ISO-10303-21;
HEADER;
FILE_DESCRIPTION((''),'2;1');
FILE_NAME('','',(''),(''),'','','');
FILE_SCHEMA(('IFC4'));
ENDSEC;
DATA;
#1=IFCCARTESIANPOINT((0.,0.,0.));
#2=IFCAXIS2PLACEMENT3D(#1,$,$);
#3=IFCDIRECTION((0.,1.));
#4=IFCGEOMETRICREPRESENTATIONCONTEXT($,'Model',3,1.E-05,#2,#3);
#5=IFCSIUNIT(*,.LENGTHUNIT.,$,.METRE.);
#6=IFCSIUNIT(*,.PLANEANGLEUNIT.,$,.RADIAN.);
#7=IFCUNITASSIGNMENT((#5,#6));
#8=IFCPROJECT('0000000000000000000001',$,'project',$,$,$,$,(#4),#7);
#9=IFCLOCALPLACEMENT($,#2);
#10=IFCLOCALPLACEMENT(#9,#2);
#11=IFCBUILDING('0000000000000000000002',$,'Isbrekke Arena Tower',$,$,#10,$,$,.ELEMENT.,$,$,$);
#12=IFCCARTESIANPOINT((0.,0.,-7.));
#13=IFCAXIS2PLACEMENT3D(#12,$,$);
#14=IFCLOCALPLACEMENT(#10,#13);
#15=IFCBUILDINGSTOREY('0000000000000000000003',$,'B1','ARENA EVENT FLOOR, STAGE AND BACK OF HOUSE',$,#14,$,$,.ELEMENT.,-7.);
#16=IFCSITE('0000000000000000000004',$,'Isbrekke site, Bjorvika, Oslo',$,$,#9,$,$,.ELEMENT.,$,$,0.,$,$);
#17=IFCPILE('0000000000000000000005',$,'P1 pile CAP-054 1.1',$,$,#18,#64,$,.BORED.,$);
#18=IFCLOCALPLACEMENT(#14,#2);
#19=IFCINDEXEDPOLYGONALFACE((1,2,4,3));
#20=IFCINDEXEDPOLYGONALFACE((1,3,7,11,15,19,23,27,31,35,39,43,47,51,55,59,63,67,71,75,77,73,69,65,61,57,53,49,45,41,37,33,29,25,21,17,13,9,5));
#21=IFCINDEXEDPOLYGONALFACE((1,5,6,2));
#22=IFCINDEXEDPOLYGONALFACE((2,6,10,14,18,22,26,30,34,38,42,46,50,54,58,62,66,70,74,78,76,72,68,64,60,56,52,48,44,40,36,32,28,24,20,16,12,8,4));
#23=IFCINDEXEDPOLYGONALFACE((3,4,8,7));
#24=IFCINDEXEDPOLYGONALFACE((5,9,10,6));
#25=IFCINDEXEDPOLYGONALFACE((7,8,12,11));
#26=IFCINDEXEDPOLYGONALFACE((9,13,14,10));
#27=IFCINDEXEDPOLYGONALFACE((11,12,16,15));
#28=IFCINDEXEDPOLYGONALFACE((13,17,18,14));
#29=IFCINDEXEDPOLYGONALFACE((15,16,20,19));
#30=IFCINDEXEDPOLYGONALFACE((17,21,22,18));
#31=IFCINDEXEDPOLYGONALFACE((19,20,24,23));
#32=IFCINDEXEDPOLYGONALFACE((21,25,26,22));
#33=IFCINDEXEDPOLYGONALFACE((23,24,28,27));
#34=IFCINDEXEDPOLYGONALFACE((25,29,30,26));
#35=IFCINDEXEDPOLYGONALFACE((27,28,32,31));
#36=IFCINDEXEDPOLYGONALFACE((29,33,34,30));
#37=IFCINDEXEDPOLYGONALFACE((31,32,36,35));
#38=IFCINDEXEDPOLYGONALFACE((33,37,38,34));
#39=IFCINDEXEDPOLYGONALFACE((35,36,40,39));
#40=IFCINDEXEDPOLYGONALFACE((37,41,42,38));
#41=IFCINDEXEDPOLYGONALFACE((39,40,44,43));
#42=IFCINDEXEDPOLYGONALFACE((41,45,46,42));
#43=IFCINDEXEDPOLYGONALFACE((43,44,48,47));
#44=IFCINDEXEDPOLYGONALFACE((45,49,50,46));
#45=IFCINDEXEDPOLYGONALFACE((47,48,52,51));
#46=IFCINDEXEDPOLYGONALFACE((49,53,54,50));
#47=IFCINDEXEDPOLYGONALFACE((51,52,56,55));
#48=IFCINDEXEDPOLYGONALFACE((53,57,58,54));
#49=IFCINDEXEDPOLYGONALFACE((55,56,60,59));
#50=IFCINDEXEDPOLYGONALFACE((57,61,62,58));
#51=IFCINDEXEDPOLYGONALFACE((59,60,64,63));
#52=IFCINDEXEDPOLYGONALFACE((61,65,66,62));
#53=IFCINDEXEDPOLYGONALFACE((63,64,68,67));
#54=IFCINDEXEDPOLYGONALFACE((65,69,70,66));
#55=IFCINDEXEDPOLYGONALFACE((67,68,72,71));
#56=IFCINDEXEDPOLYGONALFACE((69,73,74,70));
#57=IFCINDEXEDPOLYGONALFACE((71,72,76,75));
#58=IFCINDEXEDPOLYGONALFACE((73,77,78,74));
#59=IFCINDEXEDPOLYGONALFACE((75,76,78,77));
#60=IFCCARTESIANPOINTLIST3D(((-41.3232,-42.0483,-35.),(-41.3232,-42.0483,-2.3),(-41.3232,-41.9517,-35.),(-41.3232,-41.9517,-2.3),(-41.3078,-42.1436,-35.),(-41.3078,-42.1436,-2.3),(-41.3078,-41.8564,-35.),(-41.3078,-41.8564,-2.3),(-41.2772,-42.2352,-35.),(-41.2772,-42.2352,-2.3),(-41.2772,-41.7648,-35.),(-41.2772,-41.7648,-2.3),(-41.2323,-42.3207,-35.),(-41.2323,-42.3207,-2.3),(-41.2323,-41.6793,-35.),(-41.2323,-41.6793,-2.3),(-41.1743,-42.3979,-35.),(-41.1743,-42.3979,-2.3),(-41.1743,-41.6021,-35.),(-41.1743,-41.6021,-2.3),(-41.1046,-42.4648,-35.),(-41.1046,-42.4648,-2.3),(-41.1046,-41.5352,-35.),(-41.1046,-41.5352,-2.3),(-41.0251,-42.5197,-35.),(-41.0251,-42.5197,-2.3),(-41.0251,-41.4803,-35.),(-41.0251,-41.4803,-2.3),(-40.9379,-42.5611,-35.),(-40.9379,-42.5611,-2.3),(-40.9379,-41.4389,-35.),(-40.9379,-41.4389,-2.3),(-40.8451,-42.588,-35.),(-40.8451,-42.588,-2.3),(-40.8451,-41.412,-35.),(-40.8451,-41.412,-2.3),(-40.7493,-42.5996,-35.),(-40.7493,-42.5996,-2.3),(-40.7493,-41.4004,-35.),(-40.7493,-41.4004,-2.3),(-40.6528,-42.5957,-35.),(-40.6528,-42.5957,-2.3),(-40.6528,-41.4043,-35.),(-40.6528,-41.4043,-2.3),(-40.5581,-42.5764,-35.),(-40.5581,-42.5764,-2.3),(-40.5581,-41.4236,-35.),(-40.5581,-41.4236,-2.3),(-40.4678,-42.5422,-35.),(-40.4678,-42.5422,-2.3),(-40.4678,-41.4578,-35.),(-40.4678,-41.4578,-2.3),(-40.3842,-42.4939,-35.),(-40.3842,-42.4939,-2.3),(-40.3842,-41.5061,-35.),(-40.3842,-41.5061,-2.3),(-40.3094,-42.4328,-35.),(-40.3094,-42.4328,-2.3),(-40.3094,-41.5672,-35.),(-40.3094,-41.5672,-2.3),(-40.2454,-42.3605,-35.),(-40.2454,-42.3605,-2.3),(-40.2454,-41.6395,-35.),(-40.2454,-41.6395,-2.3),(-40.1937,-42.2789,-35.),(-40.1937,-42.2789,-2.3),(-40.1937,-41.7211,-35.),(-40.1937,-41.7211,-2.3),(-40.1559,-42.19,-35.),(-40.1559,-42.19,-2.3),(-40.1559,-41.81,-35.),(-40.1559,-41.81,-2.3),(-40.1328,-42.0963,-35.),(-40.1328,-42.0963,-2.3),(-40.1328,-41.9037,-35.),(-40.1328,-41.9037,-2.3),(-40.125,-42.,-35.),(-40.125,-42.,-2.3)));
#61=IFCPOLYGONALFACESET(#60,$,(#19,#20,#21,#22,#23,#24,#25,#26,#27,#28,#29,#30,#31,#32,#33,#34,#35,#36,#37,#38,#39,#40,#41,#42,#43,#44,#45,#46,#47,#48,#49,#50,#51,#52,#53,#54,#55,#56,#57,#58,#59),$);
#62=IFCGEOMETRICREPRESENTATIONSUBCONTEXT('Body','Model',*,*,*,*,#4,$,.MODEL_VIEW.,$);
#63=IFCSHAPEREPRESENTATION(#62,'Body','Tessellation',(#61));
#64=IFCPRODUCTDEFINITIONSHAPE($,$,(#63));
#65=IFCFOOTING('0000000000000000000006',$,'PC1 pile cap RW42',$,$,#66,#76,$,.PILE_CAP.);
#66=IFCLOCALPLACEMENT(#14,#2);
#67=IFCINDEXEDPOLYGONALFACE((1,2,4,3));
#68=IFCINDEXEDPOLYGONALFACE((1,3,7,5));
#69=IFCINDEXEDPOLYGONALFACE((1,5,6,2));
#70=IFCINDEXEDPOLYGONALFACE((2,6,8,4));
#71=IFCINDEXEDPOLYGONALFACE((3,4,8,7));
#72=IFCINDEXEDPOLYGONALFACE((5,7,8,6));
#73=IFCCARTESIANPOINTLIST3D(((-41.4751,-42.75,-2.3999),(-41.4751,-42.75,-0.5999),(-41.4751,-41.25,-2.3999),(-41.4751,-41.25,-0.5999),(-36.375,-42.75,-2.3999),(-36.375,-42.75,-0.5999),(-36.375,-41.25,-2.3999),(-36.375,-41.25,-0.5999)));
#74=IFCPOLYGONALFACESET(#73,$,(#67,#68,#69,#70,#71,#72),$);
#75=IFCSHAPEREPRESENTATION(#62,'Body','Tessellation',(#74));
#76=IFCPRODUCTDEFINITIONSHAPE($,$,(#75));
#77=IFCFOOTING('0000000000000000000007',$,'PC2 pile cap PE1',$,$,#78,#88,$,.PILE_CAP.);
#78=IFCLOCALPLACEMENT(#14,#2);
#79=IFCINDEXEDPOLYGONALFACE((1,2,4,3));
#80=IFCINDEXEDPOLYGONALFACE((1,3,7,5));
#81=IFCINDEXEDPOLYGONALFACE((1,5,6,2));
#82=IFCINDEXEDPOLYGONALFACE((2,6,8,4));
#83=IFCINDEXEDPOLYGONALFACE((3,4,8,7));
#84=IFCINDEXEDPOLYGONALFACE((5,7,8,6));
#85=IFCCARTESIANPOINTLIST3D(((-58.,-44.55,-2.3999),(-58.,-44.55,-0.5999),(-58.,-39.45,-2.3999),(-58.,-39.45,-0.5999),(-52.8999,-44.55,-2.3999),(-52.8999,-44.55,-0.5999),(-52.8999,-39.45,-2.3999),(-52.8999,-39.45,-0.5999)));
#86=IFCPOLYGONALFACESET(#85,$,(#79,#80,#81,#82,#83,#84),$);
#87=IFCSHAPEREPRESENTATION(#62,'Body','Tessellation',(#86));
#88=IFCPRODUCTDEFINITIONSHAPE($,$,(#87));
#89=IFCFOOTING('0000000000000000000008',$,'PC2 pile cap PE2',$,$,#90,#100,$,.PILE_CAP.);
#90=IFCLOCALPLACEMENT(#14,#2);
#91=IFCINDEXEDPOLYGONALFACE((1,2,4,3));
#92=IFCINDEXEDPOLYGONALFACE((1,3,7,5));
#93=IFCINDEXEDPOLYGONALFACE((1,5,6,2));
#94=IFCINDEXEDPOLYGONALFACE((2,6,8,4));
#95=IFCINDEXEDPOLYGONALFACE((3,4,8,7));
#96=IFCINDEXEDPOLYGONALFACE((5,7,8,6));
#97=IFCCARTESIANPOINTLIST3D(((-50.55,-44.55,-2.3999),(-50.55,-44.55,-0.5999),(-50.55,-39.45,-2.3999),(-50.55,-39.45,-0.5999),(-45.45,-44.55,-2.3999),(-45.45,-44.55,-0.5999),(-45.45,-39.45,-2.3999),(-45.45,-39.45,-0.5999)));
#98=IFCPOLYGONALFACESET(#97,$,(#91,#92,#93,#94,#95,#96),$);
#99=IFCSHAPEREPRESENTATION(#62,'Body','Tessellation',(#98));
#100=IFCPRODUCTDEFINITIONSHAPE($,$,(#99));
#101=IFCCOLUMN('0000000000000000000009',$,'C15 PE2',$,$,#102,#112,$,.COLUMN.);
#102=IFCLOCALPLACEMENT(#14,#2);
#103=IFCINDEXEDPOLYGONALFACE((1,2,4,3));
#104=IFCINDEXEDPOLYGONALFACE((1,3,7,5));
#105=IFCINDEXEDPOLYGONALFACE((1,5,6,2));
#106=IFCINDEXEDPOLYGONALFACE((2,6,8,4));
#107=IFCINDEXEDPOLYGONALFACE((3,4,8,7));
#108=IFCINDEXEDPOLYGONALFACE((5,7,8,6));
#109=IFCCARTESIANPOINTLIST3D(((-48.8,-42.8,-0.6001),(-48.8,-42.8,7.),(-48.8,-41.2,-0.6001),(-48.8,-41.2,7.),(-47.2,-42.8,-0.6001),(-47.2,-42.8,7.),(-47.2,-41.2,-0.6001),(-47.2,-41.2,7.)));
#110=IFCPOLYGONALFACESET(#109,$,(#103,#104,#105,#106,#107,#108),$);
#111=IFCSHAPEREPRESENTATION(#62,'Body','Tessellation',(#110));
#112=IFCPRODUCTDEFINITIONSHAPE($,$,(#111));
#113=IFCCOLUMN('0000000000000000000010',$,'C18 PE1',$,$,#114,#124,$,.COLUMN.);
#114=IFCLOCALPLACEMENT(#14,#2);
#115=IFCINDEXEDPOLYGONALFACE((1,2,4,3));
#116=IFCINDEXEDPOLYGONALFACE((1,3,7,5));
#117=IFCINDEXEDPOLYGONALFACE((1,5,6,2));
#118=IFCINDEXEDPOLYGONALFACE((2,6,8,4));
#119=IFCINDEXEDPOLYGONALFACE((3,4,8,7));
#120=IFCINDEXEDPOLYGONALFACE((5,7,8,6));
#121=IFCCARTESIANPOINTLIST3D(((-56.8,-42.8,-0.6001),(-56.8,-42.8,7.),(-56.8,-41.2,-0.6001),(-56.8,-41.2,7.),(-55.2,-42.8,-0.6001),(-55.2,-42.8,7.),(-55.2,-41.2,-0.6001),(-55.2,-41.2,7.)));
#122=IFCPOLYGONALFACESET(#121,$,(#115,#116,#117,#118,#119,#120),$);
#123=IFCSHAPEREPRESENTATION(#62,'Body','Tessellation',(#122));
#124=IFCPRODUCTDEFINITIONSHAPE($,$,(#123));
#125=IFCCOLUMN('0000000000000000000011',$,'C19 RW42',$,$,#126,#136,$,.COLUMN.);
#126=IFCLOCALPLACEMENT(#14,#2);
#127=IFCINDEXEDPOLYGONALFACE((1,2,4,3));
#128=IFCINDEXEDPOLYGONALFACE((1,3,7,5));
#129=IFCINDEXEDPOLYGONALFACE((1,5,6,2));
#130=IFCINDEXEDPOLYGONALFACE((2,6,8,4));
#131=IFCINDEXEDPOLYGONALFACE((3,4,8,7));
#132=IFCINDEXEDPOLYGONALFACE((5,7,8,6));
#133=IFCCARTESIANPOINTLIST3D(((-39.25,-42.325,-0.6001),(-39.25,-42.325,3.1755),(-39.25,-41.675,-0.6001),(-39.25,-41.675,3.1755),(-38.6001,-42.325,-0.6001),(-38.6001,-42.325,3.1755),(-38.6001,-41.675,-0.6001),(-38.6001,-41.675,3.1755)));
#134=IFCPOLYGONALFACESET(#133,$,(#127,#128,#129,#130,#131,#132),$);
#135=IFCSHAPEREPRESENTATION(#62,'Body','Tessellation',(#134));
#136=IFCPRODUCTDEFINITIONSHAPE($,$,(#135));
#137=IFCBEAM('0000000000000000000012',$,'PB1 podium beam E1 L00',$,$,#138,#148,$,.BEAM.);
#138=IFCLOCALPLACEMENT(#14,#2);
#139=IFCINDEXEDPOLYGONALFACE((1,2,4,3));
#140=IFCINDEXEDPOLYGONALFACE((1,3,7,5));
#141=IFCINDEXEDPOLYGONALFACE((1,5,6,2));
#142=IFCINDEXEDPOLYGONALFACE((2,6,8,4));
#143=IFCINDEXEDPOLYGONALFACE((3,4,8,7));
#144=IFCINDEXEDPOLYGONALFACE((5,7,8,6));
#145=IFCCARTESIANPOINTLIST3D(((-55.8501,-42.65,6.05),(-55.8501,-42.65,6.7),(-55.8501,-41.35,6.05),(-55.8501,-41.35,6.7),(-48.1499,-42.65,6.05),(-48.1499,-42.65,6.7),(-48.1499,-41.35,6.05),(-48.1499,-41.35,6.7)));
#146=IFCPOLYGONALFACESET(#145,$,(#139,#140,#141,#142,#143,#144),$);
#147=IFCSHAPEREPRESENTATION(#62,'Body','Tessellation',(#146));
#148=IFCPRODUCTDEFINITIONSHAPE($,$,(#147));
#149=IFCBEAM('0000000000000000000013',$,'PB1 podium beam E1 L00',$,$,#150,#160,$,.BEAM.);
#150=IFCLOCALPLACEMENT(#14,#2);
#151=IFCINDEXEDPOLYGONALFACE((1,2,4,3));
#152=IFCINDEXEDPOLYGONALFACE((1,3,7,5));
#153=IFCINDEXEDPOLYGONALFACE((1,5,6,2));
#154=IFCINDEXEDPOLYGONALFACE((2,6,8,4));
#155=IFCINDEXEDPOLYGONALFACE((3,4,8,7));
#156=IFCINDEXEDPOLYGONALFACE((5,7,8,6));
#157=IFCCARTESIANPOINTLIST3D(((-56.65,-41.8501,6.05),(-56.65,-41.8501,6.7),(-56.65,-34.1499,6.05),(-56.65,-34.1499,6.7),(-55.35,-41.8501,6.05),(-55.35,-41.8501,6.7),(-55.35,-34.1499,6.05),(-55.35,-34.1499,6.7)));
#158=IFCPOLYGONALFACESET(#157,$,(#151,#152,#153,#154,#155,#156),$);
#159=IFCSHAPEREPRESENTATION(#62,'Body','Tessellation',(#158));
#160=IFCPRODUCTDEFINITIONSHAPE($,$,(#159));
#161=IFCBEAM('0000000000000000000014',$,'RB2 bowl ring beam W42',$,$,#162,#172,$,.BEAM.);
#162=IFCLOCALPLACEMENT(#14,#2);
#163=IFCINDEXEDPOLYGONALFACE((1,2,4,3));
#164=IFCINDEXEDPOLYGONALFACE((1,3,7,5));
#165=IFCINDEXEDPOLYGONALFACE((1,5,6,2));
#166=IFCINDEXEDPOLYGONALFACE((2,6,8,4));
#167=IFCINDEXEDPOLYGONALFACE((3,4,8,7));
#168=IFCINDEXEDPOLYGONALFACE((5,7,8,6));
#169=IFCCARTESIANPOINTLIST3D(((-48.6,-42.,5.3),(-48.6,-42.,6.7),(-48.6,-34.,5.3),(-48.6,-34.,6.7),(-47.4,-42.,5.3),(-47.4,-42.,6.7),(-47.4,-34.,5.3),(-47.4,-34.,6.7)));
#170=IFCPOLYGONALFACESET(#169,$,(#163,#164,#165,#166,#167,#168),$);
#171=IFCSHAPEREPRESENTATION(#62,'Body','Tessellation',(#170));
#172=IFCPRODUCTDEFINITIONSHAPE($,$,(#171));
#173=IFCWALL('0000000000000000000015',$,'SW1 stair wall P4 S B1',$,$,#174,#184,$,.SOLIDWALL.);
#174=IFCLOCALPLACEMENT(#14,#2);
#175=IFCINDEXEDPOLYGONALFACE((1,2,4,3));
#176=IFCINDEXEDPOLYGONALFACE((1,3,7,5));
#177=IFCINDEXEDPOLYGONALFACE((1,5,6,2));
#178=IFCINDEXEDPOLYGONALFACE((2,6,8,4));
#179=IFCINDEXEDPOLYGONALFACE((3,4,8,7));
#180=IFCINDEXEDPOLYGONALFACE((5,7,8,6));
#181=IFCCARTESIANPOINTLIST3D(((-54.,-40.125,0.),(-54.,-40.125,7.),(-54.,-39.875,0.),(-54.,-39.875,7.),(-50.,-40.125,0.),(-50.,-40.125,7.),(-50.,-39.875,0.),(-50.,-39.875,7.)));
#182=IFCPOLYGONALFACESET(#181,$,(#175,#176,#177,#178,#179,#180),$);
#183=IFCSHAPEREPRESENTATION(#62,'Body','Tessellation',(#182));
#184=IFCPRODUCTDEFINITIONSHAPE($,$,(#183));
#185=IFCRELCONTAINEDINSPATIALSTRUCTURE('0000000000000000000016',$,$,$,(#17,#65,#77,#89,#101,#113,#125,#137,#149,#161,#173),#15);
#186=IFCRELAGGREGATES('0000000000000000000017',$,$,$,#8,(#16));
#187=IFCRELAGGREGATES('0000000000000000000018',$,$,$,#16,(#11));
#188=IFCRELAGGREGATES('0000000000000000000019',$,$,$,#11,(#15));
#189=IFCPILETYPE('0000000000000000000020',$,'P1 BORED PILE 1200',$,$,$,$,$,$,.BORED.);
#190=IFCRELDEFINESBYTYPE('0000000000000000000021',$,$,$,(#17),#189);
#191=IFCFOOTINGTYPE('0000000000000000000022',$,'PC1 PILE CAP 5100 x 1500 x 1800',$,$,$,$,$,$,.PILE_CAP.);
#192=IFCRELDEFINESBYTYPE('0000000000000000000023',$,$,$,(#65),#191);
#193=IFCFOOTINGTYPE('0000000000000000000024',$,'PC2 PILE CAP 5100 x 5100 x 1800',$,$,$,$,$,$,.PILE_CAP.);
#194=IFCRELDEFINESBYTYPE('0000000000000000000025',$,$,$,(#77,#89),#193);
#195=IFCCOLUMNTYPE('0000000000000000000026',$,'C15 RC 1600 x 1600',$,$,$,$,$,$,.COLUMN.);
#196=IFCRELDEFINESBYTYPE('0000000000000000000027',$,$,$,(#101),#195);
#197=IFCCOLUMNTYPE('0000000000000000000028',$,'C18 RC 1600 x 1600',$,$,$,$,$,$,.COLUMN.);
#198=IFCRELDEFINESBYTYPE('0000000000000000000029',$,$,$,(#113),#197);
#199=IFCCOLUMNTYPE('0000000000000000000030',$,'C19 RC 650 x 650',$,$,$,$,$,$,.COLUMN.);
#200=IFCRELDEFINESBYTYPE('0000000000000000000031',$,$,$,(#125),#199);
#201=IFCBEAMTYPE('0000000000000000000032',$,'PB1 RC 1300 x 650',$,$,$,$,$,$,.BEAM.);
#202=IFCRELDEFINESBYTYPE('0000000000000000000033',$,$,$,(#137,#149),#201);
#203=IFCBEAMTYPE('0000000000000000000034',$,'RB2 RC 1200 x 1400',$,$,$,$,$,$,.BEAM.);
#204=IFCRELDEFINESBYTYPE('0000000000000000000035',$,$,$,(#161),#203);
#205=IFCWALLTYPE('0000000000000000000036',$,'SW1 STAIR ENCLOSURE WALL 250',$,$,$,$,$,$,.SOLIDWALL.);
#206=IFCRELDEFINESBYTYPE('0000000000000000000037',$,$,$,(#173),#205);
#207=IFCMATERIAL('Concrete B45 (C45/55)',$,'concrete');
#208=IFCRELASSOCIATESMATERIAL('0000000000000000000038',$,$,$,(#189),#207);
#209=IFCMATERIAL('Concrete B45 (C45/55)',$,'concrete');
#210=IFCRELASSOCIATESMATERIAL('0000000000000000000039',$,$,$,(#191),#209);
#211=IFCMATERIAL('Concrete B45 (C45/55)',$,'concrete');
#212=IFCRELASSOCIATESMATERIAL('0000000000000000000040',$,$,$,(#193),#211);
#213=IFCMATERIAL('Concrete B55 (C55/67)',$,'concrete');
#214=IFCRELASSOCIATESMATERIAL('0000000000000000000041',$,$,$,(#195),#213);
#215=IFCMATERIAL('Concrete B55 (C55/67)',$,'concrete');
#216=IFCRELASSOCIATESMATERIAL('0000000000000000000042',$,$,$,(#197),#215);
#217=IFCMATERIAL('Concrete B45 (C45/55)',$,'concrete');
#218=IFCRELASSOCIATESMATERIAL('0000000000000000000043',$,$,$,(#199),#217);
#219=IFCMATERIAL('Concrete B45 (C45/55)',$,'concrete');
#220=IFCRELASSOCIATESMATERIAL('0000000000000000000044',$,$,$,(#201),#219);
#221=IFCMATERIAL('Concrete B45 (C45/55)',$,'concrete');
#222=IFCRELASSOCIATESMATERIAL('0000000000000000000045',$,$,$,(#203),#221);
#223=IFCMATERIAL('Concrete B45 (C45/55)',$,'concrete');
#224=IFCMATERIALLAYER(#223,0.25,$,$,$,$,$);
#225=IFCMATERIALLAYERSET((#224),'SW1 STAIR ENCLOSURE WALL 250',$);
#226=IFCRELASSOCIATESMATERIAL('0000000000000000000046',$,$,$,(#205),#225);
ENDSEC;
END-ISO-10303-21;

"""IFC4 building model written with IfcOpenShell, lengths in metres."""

from ifc_helpers import new_model, si_unit, direction, frame, frame_2d, origin, origin_2d, place, context, subcontext, project, spatial, rectangle, circle, extrude, material, layer, layer_set, material_profile, profile_set, type_object, element, save


model = new_model("IFC4")

# Units and contexts
model_context = context("Model", 3, precision=1e-05, world=origin(), true_north=direction((0.0, 1.0)))
body_context = subcontext(model_context, "Body", "Model", "MODEL_VIEW")
ifc_project = project(units=[si_unit("LENGTHUNIT", "METRE"), si_unit("PLANEANGLEUNIT", "RADIAN")], contexts=[model_context])

# Site, building, storey
site_placement = place(None, origin())
site = spatial("IfcSite", under=ifc_project, at=site_placement, Name="Isbrekke site, Bjorvika, Oslo", CompositionType="ELEMENT", RefElevation=0.0)
building_placement = place(site_placement, origin())
building = spatial("IfcBuilding", under=site, at=building_placement, Name="Isbrekke Arena Tower", CompositionType="ELEMENT")
storey_placement = place(building_placement, frame((0.0, 0.0, -7.0)))
storey = spatial("IfcBuildingStorey", under=building, at=storey_placement, Name="B1", Description="ARENA EVENT FLOOR, STAGE AND BACK OF HOUSE", CompositionType="ELEMENT", Elevation=-7.0)

# Pile
ifc_material_1 = material(Name="Concrete B45 (C45/55)", Category="concrete")
ifc_material_profile_1 = material_profile(ifc_material_1, circle(Radius=0.6001, at=origin_2d()), Name="BORED PILE D1200")
ifc_profile_set_1 = profile_set([ifc_material_profile_1], Name="Concrete B45 (C45/55)")
pile_type = type_object("IfcPileType", Name="P1 BORED PILE 1200", PredefinedType="BORED", material=ifc_profile_set_1)
for number, where, z_axis, x_axis, name in (
    (1, (-40.7251, -42.0, -2.3), (0.0, 0.0, -1.0), (1.0, 0.0, 0.0), "P1 pile CAP-054 1.1"),
):
    element("IfcPile", number, at=place(storey_placement, frame(where, z_axis=z_axis, x_axis=x_axis)), inside=storey, type_object=pile_type, Name=name, PredefinedType="BORED", context=body_context, shape_type="SweptSolid", body=[
        extrude(circle(Radius=0.6001, at=origin_2d()), origin(), (0.0, 0.0, 1.0), 32.7),
    ])

# Footings
ifc_material_2 = material(Name="Concrete B45 (C45/55)", Category="concrete")
footing_type_1 = type_object("IfcFootingType", Name="PC1 PILE CAP 5100 x 1500 x 1800", PredefinedType="PILE_CAP", material=ifc_material_2)
footing_placement = place(storey_placement, frame((-38.925, -42.0, -2.3999), z_axis=(0.0, 0.0, 1.0), x_axis=(1.0, 0.0, 0.0)))
element("IfcFooting", 2, at=footing_placement, inside=storey, type_object=footing_type_1, Name="PC1 pile cap RW42", PredefinedType="PILE_CAP", context=body_context, shape_type="SweptSolid", body=[
    extrude(rectangle(XDim=5.1001, YDim=1.5, at=origin_2d()), origin(), (0.0, 0.0, 1.0), 1.8),
])
ifc_material_3 = material(Name="Concrete B45 (C45/55)", Category="concrete")
footing_type_2 = type_object("IfcFootingType", Name="PC2 PILE CAP 5100 x 5100 x 1800", PredefinedType="PILE_CAP", material=ifc_material_3)
for number, where, z_axis, x_axis, name in (
    (3, (-55.45, -42.0, -2.3999), (0.0, 0.0, 1.0), (1.0, 0.0, 0.0), "PC2 pile cap PE1"),
    (4, (-48.0, -42.0, -2.3999), (0.0, 0.0, 1.0), (1.0, 0.0, 0.0), "PC2 pile cap PE2"),
):
    element("IfcFooting", number, at=place(storey_placement, frame(where, z_axis=z_axis, x_axis=x_axis)), inside=storey, type_object=footing_type_2, Name=name, PredefinedType="PILE_CAP", context=body_context, shape_type="SweptSolid", body=[
        extrude(rectangle(XDim=5.1001, YDim=5.1001, at=origin_2d()), origin(), (0.0, 0.0, 1.0), 1.8),
    ])

# Columns
ifc_material_4 = material(Name="Concrete B55 (C55/67)", Category="concrete")
ifc_material_profile_2 = material_profile(ifc_material_4, rectangle(XDim=1.6001, YDim=1.6001, at=origin_2d()), Name="RC 1600x1600")
ifc_profile_set_2 = profile_set([ifc_material_profile_2], Name="Concrete B55 (C55/67)")
column_type_1 = type_object("IfcColumnType", Name="C15 RC 1600 x 1600", PredefinedType="COLUMN", material=ifc_profile_set_2)
column_1_placement = place(storey_placement, frame((-48.0, -42.0, -0.6001), z_axis=(0.0, 0.0, 1.0), x_axis=(1.0, 0.0, 0.0)))
element("IfcColumn", 5, at=column_1_placement, inside=storey, type_object=column_type_1, Name="C15 PE2", PredefinedType="COLUMN", context=body_context, shape_type="SweptSolid", body=[
    extrude(rectangle(XDim=1.6001, YDim=1.6001, at=origin_2d()), origin(), (0.0, 0.0, 1.0), 7.6001),
])
ifc_material_5 = material(Name="Concrete B55 (C55/67)", Category="concrete")
ifc_material_profile_3 = material_profile(ifc_material_5, rectangle(XDim=1.6001, YDim=1.6001, at=origin_2d()), Name="RC 1600x1600")
ifc_profile_set_3 = profile_set([ifc_material_profile_3], Name="Concrete B55 (C55/67)")
column_type_2 = type_object("IfcColumnType", Name="C18 RC 1600 x 1600", PredefinedType="COLUMN", material=ifc_profile_set_3)
column_2_placement = place(storey_placement, frame((-56.0, -42.0, -0.6001), z_axis=(0.0, 0.0, 1.0), x_axis=(1.0, 0.0, 0.0)))
element("IfcColumn", 6, at=column_2_placement, inside=storey, type_object=column_type_2, Name="C18 PE1", PredefinedType="COLUMN", context=body_context, shape_type="SweptSolid", body=[
    extrude(rectangle(XDim=1.6001, YDim=1.6001, at=origin_2d()), origin(), (0.0, 0.0, 1.0), 7.6001),
])
ifc_material_6 = material(Name="Concrete B45 (C45/55)", Category="concrete")
ifc_material_profile_4 = material_profile(ifc_material_6, rectangle(XDim=0.6499, YDim=0.6499, at=origin_2d()), Name="RC 650x650")
ifc_profile_set_4 = profile_set([ifc_material_profile_4], Name="Concrete B45 (C45/55)")
column_type_3 = type_object("IfcColumnType", Name="C19 RC 650 x 650", PredefinedType="COLUMN", material=ifc_profile_set_4)
column_3_placement = place(storey_placement, frame((-38.925, -42.0, -0.6001), z_axis=(0.0, 0.0, 1.0), x_axis=(1.0, 0.0, 0.0)))
element("IfcColumn", 7, at=column_3_placement, inside=storey, type_object=column_type_3, Name="C19 RW42", PredefinedType="COLUMN", context=body_context, shape_type="SweptSolid", body=[
    extrude(rectangle(XDim=0.6499, YDim=0.6499, at=origin_2d()), origin(), (0.0, 0.0, 1.0), 3.7756),
])

# Beams
ifc_material_7 = material(Name="Concrete B45 (C45/55)", Category="concrete")
ifc_material_profile_5 = material_profile(ifc_material_7, rectangle(XDim=1.3, YDim=0.6499, at=origin_2d()), Name="RC 1300x650")
ifc_profile_set_5 = profile_set([ifc_material_profile_5], Name="Concrete B45 (C45/55)")
beam_type_1 = type_object("IfcBeamType", Name="PB1 RC 1300 x 650", PredefinedType="BEAM", material=ifc_profile_set_5)
for number, where, z_axis, x_axis, name in (
    (8, (-55.8501, -42.0, 6.375), (1.0, 0.0, 0.0), (0.0, 1.0, 0.0), "PB1 podium beam E1 L00"),
    (9, (-56.0, -41.8501, 6.375), (0.0, 1.0, 0.0), (-1.0, 0.0, 0.0), "PB1 podium beam E1 L00"),
):
    element("IfcBeam", number, at=place(storey_placement, frame(where, z_axis=z_axis, x_axis=x_axis)), inside=storey, type_object=beam_type_1, Name=name, PredefinedType="BEAM", context=body_context, shape_type="SweptSolid", body=[
        extrude(rectangle(XDim=1.3, YDim=0.6499, at=origin_2d()), origin(), (0.0, 0.0, 1.0), 7.7002),
    ])
ifc_material_8 = material(Name="Concrete B45 (C45/55)", Category="concrete")
ifc_material_profile_6 = material_profile(ifc_material_8, rectangle(XDim=1.2, YDim=1.3999, at=origin_2d()), Name="RC 1200x1400")
ifc_profile_set_6 = profile_set([ifc_material_profile_6], Name="Concrete B45 (C45/55)")
beam_type_2 = type_object("IfcBeamType", Name="RB2 RC 1200 x 1400", PredefinedType="BEAM", material=ifc_profile_set_6)
beam_placement = place(storey_placement, frame((-48.0, -42.0, 6.0), z_axis=(0.0, 1.0, 0.0), x_axis=(-1.0, 0.0, 0.0)))
element("IfcBeam", 10, at=beam_placement, inside=storey, type_object=beam_type_2, Name="RB2 bowl ring beam W42", PredefinedType="BEAM", context=body_context, shape_type="SweptSolid", body=[
    extrude(rectangle(XDim=1.2, YDim=1.3999, at=origin_2d()), origin(), (0.0, 0.0, 1.0), 8.0),
])

# Wall
ifc_material_9 = material(Name="Concrete B45 (C45/55)", Category="concrete")
ifc_layer = layer(ifc_material_9, 0.25)
ifc_layer_set = layer_set([ifc_layer], Name="SW1 STAIR ENCLOSURE WALL 250")
wall_type = type_object("IfcWallType", Name="SW1 STAIR ENCLOSURE WALL 250", PredefinedType="SOLIDWALL", material=ifc_layer_set)
wall_1_placement = place(storey_placement, frame((-54.0, -40.0, 0.0), z_axis=(0.0, 0.0, 1.0), x_axis=(1.0, 0.0, 0.0)))
element("IfcWall", 11, at=wall_1_placement, inside=storey, type_object=wall_type, Name="SW1 stair wall P4 S B1", PredefinedType="SOLIDWALL", context=body_context, shape_type="SweptSolid", body=[
    extrude(rectangle(XDim=4.0, YDim=0.25, at=frame_2d((2.0, 0.0))), origin(), (0.0, 0.0, 1.0), 7.0),
])

save(model, "model.ifc")
